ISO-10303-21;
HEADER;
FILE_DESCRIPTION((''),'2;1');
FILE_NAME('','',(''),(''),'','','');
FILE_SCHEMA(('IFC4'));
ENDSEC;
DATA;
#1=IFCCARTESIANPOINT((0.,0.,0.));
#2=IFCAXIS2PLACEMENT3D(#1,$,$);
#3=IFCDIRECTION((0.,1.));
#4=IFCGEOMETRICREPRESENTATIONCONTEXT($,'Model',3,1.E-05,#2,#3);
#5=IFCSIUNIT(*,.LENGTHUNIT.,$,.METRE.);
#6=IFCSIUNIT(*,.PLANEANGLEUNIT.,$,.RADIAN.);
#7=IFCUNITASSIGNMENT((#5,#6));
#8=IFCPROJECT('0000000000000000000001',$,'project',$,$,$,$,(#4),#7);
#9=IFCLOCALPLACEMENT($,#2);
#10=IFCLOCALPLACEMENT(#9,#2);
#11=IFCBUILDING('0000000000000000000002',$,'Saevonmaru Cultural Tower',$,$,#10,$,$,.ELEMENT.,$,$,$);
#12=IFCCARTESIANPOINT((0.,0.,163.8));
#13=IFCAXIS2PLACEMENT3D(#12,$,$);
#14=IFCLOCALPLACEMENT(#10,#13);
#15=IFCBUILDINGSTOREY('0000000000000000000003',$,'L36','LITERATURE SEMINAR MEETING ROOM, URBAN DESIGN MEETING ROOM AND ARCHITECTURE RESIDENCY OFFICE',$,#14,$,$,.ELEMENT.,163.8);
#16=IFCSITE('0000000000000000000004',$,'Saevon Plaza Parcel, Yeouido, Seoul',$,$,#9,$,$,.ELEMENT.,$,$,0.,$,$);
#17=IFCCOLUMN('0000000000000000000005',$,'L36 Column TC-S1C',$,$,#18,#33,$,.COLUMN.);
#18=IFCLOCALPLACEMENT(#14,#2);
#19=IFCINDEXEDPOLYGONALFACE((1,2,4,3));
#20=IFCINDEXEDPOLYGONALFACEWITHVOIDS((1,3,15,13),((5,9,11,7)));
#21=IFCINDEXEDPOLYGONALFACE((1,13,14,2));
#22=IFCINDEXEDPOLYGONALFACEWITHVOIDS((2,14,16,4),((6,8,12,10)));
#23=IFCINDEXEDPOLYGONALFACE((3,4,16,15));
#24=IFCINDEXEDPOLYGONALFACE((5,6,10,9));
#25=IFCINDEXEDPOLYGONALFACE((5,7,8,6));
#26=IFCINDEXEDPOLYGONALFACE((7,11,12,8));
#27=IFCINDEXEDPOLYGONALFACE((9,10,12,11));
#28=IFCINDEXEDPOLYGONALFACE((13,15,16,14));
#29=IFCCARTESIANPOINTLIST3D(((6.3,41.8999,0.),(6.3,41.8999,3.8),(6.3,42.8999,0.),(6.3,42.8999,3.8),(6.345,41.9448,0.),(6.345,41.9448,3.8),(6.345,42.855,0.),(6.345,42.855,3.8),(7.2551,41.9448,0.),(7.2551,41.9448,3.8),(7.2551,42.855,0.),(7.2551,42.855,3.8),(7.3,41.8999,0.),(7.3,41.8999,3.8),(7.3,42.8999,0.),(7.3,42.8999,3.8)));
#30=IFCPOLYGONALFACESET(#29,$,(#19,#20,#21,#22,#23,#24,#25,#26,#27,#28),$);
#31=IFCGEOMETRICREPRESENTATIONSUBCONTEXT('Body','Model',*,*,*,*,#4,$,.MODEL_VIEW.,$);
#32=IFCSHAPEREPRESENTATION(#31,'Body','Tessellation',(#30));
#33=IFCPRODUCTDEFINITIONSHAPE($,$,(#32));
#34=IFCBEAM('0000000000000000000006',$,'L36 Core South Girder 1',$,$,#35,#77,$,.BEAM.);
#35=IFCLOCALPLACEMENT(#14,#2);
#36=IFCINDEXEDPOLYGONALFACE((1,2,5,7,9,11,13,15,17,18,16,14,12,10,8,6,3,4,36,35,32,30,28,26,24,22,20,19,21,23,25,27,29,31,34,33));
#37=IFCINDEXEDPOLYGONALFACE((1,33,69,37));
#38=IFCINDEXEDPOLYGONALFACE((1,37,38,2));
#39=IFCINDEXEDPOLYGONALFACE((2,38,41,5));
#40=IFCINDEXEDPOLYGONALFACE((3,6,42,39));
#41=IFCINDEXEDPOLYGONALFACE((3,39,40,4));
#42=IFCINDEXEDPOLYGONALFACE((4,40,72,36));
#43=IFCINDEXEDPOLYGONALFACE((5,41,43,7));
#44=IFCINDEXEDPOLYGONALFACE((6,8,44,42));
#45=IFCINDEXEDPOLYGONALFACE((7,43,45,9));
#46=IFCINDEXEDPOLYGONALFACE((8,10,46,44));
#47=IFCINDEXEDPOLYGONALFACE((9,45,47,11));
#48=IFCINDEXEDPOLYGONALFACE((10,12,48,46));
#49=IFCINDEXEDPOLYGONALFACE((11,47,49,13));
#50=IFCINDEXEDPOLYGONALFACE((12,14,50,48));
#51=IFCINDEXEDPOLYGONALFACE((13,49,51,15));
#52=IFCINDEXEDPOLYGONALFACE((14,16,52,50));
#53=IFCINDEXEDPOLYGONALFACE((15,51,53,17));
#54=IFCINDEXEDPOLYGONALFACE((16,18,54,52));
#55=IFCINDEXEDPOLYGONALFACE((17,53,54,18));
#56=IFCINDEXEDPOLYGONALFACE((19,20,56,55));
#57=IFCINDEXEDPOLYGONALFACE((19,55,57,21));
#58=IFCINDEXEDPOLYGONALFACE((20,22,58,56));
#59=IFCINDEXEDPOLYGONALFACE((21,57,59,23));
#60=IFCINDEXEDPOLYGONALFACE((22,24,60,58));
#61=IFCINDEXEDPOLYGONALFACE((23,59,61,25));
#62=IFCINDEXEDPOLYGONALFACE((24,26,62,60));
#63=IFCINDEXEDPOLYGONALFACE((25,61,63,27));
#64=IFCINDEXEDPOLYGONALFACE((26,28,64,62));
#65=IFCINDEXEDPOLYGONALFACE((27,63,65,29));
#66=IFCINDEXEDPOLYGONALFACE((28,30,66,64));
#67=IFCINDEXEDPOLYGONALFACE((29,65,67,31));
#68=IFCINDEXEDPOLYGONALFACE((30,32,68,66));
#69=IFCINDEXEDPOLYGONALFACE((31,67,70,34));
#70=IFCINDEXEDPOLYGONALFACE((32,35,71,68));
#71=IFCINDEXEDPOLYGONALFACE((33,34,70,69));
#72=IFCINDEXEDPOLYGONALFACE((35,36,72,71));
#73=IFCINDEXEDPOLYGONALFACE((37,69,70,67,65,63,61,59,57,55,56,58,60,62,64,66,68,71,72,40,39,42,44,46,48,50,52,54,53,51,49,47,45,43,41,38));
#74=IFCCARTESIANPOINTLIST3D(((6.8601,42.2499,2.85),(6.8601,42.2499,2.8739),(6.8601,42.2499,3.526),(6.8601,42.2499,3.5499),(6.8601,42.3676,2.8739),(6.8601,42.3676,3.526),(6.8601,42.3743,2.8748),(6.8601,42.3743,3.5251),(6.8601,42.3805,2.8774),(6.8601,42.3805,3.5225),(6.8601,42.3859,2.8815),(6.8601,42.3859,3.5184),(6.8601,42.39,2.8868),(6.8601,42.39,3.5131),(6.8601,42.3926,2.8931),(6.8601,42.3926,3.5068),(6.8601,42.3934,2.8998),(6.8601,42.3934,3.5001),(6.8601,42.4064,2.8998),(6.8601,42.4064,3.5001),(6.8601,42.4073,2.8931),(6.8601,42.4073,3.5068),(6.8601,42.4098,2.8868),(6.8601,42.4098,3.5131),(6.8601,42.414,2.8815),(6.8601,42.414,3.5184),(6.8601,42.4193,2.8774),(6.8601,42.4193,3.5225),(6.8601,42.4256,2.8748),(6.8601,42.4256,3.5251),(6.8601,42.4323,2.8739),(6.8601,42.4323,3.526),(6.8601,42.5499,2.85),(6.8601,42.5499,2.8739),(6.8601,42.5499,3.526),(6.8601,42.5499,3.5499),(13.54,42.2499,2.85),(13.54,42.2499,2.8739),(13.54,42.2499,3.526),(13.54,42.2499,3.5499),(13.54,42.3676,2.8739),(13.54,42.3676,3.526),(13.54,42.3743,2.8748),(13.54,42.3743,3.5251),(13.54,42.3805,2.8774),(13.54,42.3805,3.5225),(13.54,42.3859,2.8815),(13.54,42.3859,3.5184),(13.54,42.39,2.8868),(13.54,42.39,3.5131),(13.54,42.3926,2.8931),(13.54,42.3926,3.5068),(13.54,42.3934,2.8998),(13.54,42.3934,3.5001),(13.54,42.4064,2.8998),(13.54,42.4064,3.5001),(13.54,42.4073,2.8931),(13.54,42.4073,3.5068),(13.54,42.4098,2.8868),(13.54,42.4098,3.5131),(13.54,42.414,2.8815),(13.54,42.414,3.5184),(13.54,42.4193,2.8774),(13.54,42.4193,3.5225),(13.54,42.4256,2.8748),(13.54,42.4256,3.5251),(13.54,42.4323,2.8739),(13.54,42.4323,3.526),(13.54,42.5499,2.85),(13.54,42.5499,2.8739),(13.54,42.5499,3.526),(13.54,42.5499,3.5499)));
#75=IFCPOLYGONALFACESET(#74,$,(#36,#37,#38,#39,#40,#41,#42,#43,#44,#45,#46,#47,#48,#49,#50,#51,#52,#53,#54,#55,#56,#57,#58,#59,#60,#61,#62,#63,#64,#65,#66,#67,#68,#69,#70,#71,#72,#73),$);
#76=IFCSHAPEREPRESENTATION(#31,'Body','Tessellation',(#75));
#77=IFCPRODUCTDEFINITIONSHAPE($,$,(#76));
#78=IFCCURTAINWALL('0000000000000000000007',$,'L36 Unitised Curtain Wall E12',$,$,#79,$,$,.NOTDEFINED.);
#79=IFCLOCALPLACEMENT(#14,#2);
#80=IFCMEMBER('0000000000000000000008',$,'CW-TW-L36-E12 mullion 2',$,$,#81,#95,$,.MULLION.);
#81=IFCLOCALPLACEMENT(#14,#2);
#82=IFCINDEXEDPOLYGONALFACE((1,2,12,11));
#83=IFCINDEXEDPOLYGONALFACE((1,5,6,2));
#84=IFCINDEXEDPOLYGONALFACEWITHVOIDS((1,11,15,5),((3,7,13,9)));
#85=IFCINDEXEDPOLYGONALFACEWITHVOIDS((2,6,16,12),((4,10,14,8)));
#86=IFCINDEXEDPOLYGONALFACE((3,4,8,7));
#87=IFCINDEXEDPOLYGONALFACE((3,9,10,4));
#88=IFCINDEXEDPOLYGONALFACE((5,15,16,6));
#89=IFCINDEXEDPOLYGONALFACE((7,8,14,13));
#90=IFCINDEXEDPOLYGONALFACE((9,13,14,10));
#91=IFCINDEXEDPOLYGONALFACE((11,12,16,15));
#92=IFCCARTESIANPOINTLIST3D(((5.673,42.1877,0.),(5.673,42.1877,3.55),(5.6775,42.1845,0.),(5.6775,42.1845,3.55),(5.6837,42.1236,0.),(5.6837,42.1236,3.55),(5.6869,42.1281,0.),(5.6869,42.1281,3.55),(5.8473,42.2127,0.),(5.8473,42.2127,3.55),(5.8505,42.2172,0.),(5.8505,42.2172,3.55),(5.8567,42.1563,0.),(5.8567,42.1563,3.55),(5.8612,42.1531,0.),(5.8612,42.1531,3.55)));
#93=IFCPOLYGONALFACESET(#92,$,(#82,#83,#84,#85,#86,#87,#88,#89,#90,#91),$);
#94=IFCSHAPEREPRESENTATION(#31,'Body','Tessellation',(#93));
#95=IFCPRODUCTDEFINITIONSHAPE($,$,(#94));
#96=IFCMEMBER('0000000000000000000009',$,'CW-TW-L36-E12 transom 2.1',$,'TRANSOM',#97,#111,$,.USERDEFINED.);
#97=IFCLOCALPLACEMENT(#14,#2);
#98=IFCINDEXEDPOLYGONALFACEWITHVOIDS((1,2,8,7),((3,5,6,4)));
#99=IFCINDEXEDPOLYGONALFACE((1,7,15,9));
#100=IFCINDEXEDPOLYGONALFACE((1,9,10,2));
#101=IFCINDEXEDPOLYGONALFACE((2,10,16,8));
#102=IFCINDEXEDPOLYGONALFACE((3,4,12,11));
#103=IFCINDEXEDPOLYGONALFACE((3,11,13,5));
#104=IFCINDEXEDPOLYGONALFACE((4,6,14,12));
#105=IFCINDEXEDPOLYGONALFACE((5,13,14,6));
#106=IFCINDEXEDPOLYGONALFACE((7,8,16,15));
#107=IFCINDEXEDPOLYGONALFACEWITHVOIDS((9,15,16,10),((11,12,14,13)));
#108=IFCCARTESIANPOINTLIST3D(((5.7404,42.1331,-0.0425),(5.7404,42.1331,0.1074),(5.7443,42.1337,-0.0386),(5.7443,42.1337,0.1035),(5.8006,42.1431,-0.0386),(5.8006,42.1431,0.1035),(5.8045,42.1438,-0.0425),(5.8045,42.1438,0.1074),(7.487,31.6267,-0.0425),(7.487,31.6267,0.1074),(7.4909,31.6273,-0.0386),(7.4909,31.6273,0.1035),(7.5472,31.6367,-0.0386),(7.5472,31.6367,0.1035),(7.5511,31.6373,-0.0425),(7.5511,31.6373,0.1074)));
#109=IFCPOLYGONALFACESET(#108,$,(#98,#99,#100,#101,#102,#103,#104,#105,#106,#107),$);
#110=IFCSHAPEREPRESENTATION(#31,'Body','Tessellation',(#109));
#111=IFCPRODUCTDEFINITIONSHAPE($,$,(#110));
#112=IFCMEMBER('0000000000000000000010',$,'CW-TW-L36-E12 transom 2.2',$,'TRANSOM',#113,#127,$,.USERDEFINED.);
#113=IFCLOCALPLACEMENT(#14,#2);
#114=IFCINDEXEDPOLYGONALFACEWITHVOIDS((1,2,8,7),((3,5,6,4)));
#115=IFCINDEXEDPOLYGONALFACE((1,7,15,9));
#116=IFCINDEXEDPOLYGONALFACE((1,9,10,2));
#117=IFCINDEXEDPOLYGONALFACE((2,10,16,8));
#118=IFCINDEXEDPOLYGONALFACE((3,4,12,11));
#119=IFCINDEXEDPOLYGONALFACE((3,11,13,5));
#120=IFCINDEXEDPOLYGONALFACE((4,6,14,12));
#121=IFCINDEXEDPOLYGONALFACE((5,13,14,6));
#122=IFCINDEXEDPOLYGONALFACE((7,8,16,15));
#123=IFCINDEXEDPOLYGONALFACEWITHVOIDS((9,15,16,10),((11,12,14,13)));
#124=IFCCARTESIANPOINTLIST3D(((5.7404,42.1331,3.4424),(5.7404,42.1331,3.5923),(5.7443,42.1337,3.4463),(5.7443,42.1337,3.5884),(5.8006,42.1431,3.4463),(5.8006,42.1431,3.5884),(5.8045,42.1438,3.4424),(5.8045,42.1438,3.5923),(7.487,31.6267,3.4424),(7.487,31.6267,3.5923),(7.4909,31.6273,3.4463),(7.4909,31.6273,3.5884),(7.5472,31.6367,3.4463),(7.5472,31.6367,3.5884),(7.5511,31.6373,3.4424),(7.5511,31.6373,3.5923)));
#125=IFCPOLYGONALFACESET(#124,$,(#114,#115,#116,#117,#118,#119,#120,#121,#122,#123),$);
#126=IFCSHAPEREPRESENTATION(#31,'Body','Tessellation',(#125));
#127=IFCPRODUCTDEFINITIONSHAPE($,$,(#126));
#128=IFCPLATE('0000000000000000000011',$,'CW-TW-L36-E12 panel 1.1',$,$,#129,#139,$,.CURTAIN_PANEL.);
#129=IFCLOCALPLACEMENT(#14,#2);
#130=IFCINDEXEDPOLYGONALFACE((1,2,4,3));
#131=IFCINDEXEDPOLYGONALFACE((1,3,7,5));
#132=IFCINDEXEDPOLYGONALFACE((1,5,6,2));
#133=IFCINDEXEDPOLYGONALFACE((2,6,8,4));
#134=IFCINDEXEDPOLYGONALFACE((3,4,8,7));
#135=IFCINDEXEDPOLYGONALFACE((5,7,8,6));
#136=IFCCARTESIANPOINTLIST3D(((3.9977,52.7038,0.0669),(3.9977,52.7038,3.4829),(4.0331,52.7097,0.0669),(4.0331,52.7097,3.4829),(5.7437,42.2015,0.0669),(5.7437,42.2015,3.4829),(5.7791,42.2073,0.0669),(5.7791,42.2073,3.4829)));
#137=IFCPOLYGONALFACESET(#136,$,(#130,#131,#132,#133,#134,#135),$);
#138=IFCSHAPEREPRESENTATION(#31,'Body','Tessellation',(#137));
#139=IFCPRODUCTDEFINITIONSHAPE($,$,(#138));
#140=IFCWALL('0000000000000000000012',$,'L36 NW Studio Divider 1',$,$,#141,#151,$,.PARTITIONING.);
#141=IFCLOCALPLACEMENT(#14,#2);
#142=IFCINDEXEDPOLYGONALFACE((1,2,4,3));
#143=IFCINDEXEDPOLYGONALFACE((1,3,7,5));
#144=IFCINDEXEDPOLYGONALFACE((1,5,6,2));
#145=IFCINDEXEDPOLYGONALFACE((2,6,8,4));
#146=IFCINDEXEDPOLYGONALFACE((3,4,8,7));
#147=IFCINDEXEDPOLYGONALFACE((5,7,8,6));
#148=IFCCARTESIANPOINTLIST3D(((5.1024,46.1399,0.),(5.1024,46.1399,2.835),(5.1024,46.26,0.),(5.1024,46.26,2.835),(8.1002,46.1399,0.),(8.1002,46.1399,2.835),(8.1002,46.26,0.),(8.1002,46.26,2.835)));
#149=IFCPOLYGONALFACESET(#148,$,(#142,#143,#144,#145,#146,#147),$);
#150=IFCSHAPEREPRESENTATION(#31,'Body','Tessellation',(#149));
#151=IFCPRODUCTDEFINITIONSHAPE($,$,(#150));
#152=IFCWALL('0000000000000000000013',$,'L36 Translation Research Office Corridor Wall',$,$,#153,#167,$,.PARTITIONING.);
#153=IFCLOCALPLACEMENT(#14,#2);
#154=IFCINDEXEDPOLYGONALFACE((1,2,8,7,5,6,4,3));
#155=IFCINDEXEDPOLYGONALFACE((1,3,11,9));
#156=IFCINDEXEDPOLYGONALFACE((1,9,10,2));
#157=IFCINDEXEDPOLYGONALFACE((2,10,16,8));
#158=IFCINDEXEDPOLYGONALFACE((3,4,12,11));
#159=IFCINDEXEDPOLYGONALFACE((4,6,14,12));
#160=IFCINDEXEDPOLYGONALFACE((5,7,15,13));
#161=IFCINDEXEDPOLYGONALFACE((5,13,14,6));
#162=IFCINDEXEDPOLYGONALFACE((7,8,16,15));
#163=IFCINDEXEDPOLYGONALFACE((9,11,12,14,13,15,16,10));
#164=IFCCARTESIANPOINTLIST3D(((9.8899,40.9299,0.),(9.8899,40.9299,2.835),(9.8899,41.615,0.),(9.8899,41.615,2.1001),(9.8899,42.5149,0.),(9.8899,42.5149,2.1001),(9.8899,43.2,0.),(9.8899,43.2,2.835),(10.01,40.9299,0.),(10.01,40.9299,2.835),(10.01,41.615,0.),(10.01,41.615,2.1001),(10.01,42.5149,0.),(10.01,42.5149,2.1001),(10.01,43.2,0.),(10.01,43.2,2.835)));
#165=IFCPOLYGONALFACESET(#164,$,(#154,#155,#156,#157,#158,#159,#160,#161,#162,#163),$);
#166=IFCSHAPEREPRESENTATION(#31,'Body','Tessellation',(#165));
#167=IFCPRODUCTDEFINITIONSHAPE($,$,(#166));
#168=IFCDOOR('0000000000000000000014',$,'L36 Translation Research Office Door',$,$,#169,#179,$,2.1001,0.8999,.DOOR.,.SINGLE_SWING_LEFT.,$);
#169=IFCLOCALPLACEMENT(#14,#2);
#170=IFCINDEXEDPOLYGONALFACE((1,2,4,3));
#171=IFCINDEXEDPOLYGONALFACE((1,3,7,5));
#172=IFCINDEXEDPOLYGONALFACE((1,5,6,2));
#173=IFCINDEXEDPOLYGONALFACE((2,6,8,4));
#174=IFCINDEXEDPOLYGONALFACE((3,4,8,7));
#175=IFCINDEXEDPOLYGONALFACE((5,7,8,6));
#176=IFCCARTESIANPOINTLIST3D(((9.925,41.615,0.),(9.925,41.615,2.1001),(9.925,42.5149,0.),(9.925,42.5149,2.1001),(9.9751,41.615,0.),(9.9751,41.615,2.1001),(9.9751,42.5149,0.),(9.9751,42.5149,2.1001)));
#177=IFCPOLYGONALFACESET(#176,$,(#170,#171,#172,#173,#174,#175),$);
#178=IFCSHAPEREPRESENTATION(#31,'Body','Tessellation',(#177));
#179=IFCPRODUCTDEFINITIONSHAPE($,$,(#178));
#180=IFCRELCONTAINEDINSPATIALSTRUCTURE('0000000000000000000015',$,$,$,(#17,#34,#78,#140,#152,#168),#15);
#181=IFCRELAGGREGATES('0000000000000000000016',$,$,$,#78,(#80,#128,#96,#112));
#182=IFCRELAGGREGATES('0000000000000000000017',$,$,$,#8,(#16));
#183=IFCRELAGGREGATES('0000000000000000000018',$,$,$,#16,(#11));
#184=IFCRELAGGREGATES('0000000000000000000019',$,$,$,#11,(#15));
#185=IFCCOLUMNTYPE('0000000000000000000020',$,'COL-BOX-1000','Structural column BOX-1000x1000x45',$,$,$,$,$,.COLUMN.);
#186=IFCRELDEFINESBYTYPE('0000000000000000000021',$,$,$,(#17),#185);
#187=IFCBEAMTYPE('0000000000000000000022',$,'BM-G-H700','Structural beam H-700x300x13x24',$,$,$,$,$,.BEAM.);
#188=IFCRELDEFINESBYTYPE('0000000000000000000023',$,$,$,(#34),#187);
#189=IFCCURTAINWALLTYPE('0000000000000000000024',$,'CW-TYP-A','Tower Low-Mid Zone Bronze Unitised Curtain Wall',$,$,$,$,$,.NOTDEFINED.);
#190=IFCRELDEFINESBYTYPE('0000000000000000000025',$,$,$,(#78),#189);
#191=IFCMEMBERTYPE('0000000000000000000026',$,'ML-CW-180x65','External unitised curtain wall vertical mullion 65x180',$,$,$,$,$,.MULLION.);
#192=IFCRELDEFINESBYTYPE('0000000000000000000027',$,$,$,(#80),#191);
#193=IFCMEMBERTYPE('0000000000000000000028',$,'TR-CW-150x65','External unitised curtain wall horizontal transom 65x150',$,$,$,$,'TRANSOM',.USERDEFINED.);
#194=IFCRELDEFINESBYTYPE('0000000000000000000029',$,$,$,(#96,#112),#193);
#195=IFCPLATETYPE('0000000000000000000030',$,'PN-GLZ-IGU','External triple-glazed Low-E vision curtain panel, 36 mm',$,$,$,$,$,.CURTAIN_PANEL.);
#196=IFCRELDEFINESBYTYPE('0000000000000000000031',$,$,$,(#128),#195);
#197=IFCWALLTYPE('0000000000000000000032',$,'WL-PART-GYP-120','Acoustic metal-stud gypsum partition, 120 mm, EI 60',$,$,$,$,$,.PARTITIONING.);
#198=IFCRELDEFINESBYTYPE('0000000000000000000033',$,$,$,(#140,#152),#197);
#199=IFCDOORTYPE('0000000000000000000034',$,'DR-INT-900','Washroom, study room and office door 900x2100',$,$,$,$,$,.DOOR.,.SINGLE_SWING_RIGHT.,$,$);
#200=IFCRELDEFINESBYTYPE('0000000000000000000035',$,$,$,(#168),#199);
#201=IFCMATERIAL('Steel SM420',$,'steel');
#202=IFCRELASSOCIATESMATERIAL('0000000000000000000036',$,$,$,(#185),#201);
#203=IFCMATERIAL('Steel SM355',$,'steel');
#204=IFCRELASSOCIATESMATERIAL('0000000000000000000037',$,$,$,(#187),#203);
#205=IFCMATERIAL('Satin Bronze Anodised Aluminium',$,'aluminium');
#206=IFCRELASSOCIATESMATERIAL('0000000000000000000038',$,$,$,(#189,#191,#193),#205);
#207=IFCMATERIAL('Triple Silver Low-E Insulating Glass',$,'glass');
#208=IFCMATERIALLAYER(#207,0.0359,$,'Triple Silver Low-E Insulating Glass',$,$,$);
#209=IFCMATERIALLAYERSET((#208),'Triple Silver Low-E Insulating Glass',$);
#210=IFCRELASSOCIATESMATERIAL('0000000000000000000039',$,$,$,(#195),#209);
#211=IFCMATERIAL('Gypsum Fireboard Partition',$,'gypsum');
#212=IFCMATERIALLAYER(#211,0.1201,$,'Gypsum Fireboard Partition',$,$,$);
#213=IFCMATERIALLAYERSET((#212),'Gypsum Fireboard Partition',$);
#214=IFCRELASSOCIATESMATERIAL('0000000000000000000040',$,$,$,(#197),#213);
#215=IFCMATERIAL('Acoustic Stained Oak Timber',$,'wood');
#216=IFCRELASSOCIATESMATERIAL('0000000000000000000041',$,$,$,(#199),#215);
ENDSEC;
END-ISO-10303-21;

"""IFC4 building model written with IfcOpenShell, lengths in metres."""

from ifc_helpers import new_model, si_unit, direction, frame, frame_2d, origin, origin_2d, place, context, subcontext, project, spatial, rectangle, hollow_rectangle, i_section, extrude, material, layer, layer_set, material_profile, profile_set, type_object, element, fill, aggregate, save


model = new_model("IFC4")

# Units and contexts
model_context = context("Model", 3, precision=1e-05, world=origin(), true_north=direction((0.0, 1.0)))
body_context = subcontext(model_context, "Body", "Model", "MODEL_VIEW")
ifc_project = project(units=[si_unit("LENGTHUNIT", "METRE"), si_unit("PLANEANGLEUNIT", "RADIAN")], contexts=[model_context])

# Site, building, storey
site_placement = place(None, origin())
site = spatial("IfcSite", under=ifc_project, at=site_placement, Name="Saevon Plaza Parcel, Yeouido, Seoul", CompositionType="ELEMENT", RefElevation=0.0)
building_placement = place(site_placement, origin())
building = spatial("IfcBuilding", under=site, at=building_placement, Name="Saevonmaru Cultural Tower", CompositionType="ELEMENT")
storey_placement = place(building_placement, frame((0.0, 0.0, 163.8)))
storey = spatial("IfcBuildingStorey", under=building, at=storey_placement, Name="L36", Description="LITERATURE SEMINAR MEETING ROOM, URBAN DESIGN MEETING ROOM AND ARCHITECTURE RESIDENCY OFFICE", CompositionType="ELEMENT", Elevation=163.8)

# Column
ifc_material_1 = material(Name="Steel SM420", Category="steel")
ifc_material_profile_1 = material_profile(ifc_material_1, hollow_rectangle(XDim=1.0, YDim=1.0, WallThickness=0.0449, at=origin_2d()), Name="BOX-1000x1000x45")
ifc_profile_set_1 = profile_set([ifc_material_profile_1], Name="Steel SM420")
column_type = type_object("IfcColumnType", Name="COL-BOX-1000", Description="Structural column BOX-1000x1000x45", PredefinedType="COLUMN", material=ifc_profile_set_1)
column_placement = place(storey_placement, frame((6.8, 42.3999, 0.0), z_axis=(0.0, 0.0, 1.0), x_axis=(1.0, 0.0, 0.0)))
element("IfcColumn", 1, at=column_placement, inside=storey, type_object=column_type, Name="L36 Column TC-S1C", PredefinedType="COLUMN", context=body_context, shape_type="SweptSolid", body=[
    extrude(hollow_rectangle(XDim=1.0, YDim=1.0, WallThickness=0.0449, at=origin_2d()), origin(), (0.0, 0.0, 1.0), 3.8),
])

# Beam
ifc_material_2 = material(Name="Steel SM355", Category="steel")
ifc_material_profile_2 = material_profile(ifc_material_2, i_section(OverallWidth=0.3, OverallDepth=0.7, WebThickness=0.0129, FlangeThickness=0.0239, FilletRadius=0.0259, at=origin_2d()), Name="H-700x300x13x24")
ifc_profile_set_2 = profile_set([ifc_material_profile_2], Name="Steel SM355")
beam_type = type_object("IfcBeamType", Name="BM-G-H700", Description="Structural beam H-700x300x13x24", PredefinedType="BEAM", material=ifc_profile_set_2)
beam_placement = place(storey_placement, frame((6.8601, 42.3999, 3.2), z_axis=(1.0, 0.0, 0.0), x_axis=(0.0, 1.0, 0.0)))
element("IfcBeam", 2, at=beam_placement, inside=storey, type_object=beam_type, Name="L36 Core South Girder 1", PredefinedType="BEAM", context=body_context, shape_type="SweptSolid", body=[
    extrude(i_section(OverallWidth=0.3, OverallDepth=0.7, WebThickness=0.0129, FlangeThickness=0.0239, FilletRadius=0.0259, at=origin_2d()), origin(), (0.0, 0.0, 1.0), 6.6799),
])

# Curtain wall, members, plate
ifc_material_3 = material(Name="Satin Bronze Anodised Aluminium", Category="aluminium")
curtain_wall_type = type_object("IfcCurtainWallType", Name="CW-TYP-A", Description="Tower Low-Mid Zone Bronze Unitised Curtain Wall", PredefinedType="NOTDEFINED", material=ifc_material_3)
curtain_wall_placement = place(storey_placement, origin())
curtain_wall = element("IfcCurtainWall", 3, at=curtain_wall_placement, inside=storey, type_object=curtain_wall_type, Name="L36 Unitised Curtain Wall E12", PredefinedType="NOTDEFINED")
ifc_material_profile_3 = material_profile(ifc_material_3, hollow_rectangle(XDim=0.0649, YDim=0.1799, WallThickness=0.0039, at=origin_2d()), Name="ALU-MULL-180x65x4")
ifc_profile_set_3 = profile_set([ifc_material_profile_3], Name="Satin Bronze Anodised Aluminium")
member_type_1 = type_object("IfcMemberType", Name="ML-CW-180x65", Description="External unitised curtain wall vertical mullion 65x180", PredefinedType="MULLION", material=ifc_profile_set_3)
member_1_placement = place(storey_placement, frame((5.7671, 42.1704, 0.0), z_axis=(0.0, 0.0, 1.0), x_axis=(0.163999, -0.986461, 0.0)))
member_1 = element("IfcMember", 4, at=member_1_placement, type_object=member_type_1, Name="CW-TW-L36-E12 mullion 2", PredefinedType="MULLION", context=body_context, shape_type="SweptSolid", body=[
    extrude(hollow_rectangle(XDim=0.0649, YDim=0.1799, WallThickness=0.0039, at=origin_2d()), origin(), (0.0, 0.0, 1.0), 3.55),
])
ifc_material_profile_4 = material_profile(ifc_material_3, hollow_rectangle(XDim=0.0649, YDim=0.1499, WallThickness=0.0039, at=origin_2d()), Name="ALU-TRAN-150x65x4")
ifc_profile_set_4 = profile_set([ifc_material_profile_4], Name="Satin Bronze Anodised Aluminium")
member_type_2 = type_object("IfcMemberType", Name="TR-CW-150x65", Description="External unitised curtain wall horizontal transom 65x150", ElementType="TRANSOM", PredefinedType="USERDEFINED", material=ifc_profile_set_4)
member_2_placement = place(storey_placement, frame((5.7725, 42.1384, 0.0325), z_axis=(0.16399, -0.986462, 0.0), x_axis=(0.986462, 0.16399, 0.0)))
member_2 = element("IfcMember", 5, at=member_2_placement, type_object=member_type_2, Name="CW-TW-L36-E12 transom 2.1", ObjectType="TRANSOM", PredefinedType="USERDEFINED", context=body_context, shape_type="SweptSolid", body=[
    extrude(hollow_rectangle(XDim=0.0649, YDim=0.1499, WallThickness=0.0039, at=origin_2d()), origin(), (0.0, 0.0, 1.0), 10.6506),
])
member_3_placement = place(storey_placement, frame((5.7725, 42.1384, 3.5173), z_axis=(0.16399, -0.986462, 0.0), x_axis=(0.986462, 0.16399, 0.0)))
member_3 = element("IfcMember", 6, at=member_3_placement, type_object=member_type_2, Name="CW-TW-L36-E12 transom 2.2", ObjectType="TRANSOM", PredefinedType="USERDEFINED", context=body_context, shape_type="SweptSolid", body=[
    extrude(hollow_rectangle(XDim=0.0649, YDim=0.1499, WallThickness=0.0039, at=origin_2d()), origin(), (0.0, 0.0, 1.0), 10.6506),
])
ifc_material_4 = material(Name="Triple Silver Low-E Insulating Glass", Category="glass")
ifc_layer_1 = layer(ifc_material_4, 0.0359, Name="Triple Silver Low-E Insulating Glass")
ifc_layer_set_1 = layer_set([ifc_layer_1], Name="Triple Silver Low-E Insulating Glass")
plate_type = type_object("IfcPlateType", Name="PN-GLZ-IGU", Description="External triple-glazed Low-E vision curtain panel, 36 mm", PredefinedType="CURTAIN_PANEL", material=ifc_layer_set_1)
plate_placement = place(storey_placement, frame((4.8884, 47.4556, 0.0669), z_axis=(0.0, 0.0, 1.0), x_axis=(0.163999, -0.986461, 0.0)))
plate = element("IfcPlate", 7, at=plate_placement, type_object=plate_type, Name="CW-TW-L36-E12 panel 1.1", PredefinedType="CURTAIN_PANEL", context=body_context, shape_type="SweptSolid", body=[
    extrude(rectangle(XDim=10.6465, YDim=0.0359, at=origin_2d()), origin(), (0.0, 0.0, 1.0), 3.416),
])
aggregate(curtain_wall, [member_1, plate, member_2, member_3])

# Wall
ifc_material_5 = material(Name="Gypsum Fireboard Partition", Category="gypsum")
ifc_layer_2 = layer(ifc_material_5, 0.1201, Name="Gypsum Fireboard Partition")
ifc_layer_set_2 = layer_set([ifc_layer_2], Name="Gypsum Fireboard Partition")
wall_type_1 = type_object("IfcWallType", Name="WL-PART-GYP-120", Description="Acoustic metal-stud gypsum partition, 120 mm, EI 60", PredefinedType="PARTITIONING", material=ifc_layer_set_2)
wall_1_placement = place(storey_placement, frame((5.1023, 46.2, 0.0), z_axis=(0.0, 0.0, 1.0), x_axis=(1.0, 0.0, 0.0)))
element("IfcWall", 8, at=wall_1_placement, inside=storey, type_object=wall_type_1, Name="L36 NW Studio Divider 1", PredefinedType="PARTITIONING", context=body_context, shape_type="SweptSolid", body=[
    extrude(rectangle(XDim=2.9978, YDim=0.1201, at=frame_2d((1.499, 0.0))), origin(), (0.0, 0.0, 1.0), 2.835),
])

# Wall, opening, door
wall_2_placement = place(storey_placement, frame((9.95, 40.9299, 0.0), z_axis=(0.0, 0.0, 1.0), x_axis=(0.0, 1.0, 0.0)))
wall_2 = element("IfcWall", 9, at=wall_2_placement, inside=storey, type_object=wall_type_1, Name="L36 Translation Research Office Corridor Wall", PredefinedType="PARTITIONING", context=body_context, shape_type="SweptSolid", body=[
    extrude(rectangle(XDim=2.27, YDim=0.1201, at=frame_2d((1.135, 0.0))), origin(), (0.0, 0.0, 1.0), 2.835),
])
opening_1_placement = place(wall_2_placement, frame((0.6851, 0.0, 0.0)))
opening_1 = element("IfcOpeningElement", 10, at=opening_1_placement, cuts=wall_2, PredefinedType="OPENING", context=body_context, shape_type="SweptSolid", body=[
    extrude(rectangle(XDim=0.8999, YDim=2.1001, at=frame_2d((0.45, 1.05))), frame((0.0, 0.0701, 0.0), z_axis=(0.0, -1.0, 0.0), x_axis=(1.0, 0.0, 0.0)), (0.0, 0.0, 1.0), 0.1401),
])
ifc_material_6 = material(Name="Acoustic Stained Oak Timber", Category="wood")
door_type_1 = type_object("IfcDoorType", Name="DR-INT-900", Description="Washroom, study room and office door 900x2100", OperationType="SINGLE_SWING_RIGHT", PredefinedType="DOOR", material=ifc_material_6)
door_1_placement = place(opening_1_placement, origin())
door_1 = element("IfcDoor", 11, at=door_1_placement, inside=storey, type_object=door_type_1, Name="L36 Translation Research Office Door", OperationType="SINGLE_SWING_LEFT", OverallHeight=2.1001, OverallWidth=0.8999, PredefinedType="DOOR", context=body_context, shape_type="SweptSolid", body=[
    extrude(rectangle(XDim=0.8999, YDim=2.1001, at=frame_2d((0.45, 1.05))), frame((0.0, 0.0249, 0.0), z_axis=(0.0, -1.0, 0.0), x_axis=(1.0, 0.0, 0.0)), (0.0, 0.0, 1.0), 0.05),
])
fill(opening_1, door_1)

save(model, "model.ifc")
